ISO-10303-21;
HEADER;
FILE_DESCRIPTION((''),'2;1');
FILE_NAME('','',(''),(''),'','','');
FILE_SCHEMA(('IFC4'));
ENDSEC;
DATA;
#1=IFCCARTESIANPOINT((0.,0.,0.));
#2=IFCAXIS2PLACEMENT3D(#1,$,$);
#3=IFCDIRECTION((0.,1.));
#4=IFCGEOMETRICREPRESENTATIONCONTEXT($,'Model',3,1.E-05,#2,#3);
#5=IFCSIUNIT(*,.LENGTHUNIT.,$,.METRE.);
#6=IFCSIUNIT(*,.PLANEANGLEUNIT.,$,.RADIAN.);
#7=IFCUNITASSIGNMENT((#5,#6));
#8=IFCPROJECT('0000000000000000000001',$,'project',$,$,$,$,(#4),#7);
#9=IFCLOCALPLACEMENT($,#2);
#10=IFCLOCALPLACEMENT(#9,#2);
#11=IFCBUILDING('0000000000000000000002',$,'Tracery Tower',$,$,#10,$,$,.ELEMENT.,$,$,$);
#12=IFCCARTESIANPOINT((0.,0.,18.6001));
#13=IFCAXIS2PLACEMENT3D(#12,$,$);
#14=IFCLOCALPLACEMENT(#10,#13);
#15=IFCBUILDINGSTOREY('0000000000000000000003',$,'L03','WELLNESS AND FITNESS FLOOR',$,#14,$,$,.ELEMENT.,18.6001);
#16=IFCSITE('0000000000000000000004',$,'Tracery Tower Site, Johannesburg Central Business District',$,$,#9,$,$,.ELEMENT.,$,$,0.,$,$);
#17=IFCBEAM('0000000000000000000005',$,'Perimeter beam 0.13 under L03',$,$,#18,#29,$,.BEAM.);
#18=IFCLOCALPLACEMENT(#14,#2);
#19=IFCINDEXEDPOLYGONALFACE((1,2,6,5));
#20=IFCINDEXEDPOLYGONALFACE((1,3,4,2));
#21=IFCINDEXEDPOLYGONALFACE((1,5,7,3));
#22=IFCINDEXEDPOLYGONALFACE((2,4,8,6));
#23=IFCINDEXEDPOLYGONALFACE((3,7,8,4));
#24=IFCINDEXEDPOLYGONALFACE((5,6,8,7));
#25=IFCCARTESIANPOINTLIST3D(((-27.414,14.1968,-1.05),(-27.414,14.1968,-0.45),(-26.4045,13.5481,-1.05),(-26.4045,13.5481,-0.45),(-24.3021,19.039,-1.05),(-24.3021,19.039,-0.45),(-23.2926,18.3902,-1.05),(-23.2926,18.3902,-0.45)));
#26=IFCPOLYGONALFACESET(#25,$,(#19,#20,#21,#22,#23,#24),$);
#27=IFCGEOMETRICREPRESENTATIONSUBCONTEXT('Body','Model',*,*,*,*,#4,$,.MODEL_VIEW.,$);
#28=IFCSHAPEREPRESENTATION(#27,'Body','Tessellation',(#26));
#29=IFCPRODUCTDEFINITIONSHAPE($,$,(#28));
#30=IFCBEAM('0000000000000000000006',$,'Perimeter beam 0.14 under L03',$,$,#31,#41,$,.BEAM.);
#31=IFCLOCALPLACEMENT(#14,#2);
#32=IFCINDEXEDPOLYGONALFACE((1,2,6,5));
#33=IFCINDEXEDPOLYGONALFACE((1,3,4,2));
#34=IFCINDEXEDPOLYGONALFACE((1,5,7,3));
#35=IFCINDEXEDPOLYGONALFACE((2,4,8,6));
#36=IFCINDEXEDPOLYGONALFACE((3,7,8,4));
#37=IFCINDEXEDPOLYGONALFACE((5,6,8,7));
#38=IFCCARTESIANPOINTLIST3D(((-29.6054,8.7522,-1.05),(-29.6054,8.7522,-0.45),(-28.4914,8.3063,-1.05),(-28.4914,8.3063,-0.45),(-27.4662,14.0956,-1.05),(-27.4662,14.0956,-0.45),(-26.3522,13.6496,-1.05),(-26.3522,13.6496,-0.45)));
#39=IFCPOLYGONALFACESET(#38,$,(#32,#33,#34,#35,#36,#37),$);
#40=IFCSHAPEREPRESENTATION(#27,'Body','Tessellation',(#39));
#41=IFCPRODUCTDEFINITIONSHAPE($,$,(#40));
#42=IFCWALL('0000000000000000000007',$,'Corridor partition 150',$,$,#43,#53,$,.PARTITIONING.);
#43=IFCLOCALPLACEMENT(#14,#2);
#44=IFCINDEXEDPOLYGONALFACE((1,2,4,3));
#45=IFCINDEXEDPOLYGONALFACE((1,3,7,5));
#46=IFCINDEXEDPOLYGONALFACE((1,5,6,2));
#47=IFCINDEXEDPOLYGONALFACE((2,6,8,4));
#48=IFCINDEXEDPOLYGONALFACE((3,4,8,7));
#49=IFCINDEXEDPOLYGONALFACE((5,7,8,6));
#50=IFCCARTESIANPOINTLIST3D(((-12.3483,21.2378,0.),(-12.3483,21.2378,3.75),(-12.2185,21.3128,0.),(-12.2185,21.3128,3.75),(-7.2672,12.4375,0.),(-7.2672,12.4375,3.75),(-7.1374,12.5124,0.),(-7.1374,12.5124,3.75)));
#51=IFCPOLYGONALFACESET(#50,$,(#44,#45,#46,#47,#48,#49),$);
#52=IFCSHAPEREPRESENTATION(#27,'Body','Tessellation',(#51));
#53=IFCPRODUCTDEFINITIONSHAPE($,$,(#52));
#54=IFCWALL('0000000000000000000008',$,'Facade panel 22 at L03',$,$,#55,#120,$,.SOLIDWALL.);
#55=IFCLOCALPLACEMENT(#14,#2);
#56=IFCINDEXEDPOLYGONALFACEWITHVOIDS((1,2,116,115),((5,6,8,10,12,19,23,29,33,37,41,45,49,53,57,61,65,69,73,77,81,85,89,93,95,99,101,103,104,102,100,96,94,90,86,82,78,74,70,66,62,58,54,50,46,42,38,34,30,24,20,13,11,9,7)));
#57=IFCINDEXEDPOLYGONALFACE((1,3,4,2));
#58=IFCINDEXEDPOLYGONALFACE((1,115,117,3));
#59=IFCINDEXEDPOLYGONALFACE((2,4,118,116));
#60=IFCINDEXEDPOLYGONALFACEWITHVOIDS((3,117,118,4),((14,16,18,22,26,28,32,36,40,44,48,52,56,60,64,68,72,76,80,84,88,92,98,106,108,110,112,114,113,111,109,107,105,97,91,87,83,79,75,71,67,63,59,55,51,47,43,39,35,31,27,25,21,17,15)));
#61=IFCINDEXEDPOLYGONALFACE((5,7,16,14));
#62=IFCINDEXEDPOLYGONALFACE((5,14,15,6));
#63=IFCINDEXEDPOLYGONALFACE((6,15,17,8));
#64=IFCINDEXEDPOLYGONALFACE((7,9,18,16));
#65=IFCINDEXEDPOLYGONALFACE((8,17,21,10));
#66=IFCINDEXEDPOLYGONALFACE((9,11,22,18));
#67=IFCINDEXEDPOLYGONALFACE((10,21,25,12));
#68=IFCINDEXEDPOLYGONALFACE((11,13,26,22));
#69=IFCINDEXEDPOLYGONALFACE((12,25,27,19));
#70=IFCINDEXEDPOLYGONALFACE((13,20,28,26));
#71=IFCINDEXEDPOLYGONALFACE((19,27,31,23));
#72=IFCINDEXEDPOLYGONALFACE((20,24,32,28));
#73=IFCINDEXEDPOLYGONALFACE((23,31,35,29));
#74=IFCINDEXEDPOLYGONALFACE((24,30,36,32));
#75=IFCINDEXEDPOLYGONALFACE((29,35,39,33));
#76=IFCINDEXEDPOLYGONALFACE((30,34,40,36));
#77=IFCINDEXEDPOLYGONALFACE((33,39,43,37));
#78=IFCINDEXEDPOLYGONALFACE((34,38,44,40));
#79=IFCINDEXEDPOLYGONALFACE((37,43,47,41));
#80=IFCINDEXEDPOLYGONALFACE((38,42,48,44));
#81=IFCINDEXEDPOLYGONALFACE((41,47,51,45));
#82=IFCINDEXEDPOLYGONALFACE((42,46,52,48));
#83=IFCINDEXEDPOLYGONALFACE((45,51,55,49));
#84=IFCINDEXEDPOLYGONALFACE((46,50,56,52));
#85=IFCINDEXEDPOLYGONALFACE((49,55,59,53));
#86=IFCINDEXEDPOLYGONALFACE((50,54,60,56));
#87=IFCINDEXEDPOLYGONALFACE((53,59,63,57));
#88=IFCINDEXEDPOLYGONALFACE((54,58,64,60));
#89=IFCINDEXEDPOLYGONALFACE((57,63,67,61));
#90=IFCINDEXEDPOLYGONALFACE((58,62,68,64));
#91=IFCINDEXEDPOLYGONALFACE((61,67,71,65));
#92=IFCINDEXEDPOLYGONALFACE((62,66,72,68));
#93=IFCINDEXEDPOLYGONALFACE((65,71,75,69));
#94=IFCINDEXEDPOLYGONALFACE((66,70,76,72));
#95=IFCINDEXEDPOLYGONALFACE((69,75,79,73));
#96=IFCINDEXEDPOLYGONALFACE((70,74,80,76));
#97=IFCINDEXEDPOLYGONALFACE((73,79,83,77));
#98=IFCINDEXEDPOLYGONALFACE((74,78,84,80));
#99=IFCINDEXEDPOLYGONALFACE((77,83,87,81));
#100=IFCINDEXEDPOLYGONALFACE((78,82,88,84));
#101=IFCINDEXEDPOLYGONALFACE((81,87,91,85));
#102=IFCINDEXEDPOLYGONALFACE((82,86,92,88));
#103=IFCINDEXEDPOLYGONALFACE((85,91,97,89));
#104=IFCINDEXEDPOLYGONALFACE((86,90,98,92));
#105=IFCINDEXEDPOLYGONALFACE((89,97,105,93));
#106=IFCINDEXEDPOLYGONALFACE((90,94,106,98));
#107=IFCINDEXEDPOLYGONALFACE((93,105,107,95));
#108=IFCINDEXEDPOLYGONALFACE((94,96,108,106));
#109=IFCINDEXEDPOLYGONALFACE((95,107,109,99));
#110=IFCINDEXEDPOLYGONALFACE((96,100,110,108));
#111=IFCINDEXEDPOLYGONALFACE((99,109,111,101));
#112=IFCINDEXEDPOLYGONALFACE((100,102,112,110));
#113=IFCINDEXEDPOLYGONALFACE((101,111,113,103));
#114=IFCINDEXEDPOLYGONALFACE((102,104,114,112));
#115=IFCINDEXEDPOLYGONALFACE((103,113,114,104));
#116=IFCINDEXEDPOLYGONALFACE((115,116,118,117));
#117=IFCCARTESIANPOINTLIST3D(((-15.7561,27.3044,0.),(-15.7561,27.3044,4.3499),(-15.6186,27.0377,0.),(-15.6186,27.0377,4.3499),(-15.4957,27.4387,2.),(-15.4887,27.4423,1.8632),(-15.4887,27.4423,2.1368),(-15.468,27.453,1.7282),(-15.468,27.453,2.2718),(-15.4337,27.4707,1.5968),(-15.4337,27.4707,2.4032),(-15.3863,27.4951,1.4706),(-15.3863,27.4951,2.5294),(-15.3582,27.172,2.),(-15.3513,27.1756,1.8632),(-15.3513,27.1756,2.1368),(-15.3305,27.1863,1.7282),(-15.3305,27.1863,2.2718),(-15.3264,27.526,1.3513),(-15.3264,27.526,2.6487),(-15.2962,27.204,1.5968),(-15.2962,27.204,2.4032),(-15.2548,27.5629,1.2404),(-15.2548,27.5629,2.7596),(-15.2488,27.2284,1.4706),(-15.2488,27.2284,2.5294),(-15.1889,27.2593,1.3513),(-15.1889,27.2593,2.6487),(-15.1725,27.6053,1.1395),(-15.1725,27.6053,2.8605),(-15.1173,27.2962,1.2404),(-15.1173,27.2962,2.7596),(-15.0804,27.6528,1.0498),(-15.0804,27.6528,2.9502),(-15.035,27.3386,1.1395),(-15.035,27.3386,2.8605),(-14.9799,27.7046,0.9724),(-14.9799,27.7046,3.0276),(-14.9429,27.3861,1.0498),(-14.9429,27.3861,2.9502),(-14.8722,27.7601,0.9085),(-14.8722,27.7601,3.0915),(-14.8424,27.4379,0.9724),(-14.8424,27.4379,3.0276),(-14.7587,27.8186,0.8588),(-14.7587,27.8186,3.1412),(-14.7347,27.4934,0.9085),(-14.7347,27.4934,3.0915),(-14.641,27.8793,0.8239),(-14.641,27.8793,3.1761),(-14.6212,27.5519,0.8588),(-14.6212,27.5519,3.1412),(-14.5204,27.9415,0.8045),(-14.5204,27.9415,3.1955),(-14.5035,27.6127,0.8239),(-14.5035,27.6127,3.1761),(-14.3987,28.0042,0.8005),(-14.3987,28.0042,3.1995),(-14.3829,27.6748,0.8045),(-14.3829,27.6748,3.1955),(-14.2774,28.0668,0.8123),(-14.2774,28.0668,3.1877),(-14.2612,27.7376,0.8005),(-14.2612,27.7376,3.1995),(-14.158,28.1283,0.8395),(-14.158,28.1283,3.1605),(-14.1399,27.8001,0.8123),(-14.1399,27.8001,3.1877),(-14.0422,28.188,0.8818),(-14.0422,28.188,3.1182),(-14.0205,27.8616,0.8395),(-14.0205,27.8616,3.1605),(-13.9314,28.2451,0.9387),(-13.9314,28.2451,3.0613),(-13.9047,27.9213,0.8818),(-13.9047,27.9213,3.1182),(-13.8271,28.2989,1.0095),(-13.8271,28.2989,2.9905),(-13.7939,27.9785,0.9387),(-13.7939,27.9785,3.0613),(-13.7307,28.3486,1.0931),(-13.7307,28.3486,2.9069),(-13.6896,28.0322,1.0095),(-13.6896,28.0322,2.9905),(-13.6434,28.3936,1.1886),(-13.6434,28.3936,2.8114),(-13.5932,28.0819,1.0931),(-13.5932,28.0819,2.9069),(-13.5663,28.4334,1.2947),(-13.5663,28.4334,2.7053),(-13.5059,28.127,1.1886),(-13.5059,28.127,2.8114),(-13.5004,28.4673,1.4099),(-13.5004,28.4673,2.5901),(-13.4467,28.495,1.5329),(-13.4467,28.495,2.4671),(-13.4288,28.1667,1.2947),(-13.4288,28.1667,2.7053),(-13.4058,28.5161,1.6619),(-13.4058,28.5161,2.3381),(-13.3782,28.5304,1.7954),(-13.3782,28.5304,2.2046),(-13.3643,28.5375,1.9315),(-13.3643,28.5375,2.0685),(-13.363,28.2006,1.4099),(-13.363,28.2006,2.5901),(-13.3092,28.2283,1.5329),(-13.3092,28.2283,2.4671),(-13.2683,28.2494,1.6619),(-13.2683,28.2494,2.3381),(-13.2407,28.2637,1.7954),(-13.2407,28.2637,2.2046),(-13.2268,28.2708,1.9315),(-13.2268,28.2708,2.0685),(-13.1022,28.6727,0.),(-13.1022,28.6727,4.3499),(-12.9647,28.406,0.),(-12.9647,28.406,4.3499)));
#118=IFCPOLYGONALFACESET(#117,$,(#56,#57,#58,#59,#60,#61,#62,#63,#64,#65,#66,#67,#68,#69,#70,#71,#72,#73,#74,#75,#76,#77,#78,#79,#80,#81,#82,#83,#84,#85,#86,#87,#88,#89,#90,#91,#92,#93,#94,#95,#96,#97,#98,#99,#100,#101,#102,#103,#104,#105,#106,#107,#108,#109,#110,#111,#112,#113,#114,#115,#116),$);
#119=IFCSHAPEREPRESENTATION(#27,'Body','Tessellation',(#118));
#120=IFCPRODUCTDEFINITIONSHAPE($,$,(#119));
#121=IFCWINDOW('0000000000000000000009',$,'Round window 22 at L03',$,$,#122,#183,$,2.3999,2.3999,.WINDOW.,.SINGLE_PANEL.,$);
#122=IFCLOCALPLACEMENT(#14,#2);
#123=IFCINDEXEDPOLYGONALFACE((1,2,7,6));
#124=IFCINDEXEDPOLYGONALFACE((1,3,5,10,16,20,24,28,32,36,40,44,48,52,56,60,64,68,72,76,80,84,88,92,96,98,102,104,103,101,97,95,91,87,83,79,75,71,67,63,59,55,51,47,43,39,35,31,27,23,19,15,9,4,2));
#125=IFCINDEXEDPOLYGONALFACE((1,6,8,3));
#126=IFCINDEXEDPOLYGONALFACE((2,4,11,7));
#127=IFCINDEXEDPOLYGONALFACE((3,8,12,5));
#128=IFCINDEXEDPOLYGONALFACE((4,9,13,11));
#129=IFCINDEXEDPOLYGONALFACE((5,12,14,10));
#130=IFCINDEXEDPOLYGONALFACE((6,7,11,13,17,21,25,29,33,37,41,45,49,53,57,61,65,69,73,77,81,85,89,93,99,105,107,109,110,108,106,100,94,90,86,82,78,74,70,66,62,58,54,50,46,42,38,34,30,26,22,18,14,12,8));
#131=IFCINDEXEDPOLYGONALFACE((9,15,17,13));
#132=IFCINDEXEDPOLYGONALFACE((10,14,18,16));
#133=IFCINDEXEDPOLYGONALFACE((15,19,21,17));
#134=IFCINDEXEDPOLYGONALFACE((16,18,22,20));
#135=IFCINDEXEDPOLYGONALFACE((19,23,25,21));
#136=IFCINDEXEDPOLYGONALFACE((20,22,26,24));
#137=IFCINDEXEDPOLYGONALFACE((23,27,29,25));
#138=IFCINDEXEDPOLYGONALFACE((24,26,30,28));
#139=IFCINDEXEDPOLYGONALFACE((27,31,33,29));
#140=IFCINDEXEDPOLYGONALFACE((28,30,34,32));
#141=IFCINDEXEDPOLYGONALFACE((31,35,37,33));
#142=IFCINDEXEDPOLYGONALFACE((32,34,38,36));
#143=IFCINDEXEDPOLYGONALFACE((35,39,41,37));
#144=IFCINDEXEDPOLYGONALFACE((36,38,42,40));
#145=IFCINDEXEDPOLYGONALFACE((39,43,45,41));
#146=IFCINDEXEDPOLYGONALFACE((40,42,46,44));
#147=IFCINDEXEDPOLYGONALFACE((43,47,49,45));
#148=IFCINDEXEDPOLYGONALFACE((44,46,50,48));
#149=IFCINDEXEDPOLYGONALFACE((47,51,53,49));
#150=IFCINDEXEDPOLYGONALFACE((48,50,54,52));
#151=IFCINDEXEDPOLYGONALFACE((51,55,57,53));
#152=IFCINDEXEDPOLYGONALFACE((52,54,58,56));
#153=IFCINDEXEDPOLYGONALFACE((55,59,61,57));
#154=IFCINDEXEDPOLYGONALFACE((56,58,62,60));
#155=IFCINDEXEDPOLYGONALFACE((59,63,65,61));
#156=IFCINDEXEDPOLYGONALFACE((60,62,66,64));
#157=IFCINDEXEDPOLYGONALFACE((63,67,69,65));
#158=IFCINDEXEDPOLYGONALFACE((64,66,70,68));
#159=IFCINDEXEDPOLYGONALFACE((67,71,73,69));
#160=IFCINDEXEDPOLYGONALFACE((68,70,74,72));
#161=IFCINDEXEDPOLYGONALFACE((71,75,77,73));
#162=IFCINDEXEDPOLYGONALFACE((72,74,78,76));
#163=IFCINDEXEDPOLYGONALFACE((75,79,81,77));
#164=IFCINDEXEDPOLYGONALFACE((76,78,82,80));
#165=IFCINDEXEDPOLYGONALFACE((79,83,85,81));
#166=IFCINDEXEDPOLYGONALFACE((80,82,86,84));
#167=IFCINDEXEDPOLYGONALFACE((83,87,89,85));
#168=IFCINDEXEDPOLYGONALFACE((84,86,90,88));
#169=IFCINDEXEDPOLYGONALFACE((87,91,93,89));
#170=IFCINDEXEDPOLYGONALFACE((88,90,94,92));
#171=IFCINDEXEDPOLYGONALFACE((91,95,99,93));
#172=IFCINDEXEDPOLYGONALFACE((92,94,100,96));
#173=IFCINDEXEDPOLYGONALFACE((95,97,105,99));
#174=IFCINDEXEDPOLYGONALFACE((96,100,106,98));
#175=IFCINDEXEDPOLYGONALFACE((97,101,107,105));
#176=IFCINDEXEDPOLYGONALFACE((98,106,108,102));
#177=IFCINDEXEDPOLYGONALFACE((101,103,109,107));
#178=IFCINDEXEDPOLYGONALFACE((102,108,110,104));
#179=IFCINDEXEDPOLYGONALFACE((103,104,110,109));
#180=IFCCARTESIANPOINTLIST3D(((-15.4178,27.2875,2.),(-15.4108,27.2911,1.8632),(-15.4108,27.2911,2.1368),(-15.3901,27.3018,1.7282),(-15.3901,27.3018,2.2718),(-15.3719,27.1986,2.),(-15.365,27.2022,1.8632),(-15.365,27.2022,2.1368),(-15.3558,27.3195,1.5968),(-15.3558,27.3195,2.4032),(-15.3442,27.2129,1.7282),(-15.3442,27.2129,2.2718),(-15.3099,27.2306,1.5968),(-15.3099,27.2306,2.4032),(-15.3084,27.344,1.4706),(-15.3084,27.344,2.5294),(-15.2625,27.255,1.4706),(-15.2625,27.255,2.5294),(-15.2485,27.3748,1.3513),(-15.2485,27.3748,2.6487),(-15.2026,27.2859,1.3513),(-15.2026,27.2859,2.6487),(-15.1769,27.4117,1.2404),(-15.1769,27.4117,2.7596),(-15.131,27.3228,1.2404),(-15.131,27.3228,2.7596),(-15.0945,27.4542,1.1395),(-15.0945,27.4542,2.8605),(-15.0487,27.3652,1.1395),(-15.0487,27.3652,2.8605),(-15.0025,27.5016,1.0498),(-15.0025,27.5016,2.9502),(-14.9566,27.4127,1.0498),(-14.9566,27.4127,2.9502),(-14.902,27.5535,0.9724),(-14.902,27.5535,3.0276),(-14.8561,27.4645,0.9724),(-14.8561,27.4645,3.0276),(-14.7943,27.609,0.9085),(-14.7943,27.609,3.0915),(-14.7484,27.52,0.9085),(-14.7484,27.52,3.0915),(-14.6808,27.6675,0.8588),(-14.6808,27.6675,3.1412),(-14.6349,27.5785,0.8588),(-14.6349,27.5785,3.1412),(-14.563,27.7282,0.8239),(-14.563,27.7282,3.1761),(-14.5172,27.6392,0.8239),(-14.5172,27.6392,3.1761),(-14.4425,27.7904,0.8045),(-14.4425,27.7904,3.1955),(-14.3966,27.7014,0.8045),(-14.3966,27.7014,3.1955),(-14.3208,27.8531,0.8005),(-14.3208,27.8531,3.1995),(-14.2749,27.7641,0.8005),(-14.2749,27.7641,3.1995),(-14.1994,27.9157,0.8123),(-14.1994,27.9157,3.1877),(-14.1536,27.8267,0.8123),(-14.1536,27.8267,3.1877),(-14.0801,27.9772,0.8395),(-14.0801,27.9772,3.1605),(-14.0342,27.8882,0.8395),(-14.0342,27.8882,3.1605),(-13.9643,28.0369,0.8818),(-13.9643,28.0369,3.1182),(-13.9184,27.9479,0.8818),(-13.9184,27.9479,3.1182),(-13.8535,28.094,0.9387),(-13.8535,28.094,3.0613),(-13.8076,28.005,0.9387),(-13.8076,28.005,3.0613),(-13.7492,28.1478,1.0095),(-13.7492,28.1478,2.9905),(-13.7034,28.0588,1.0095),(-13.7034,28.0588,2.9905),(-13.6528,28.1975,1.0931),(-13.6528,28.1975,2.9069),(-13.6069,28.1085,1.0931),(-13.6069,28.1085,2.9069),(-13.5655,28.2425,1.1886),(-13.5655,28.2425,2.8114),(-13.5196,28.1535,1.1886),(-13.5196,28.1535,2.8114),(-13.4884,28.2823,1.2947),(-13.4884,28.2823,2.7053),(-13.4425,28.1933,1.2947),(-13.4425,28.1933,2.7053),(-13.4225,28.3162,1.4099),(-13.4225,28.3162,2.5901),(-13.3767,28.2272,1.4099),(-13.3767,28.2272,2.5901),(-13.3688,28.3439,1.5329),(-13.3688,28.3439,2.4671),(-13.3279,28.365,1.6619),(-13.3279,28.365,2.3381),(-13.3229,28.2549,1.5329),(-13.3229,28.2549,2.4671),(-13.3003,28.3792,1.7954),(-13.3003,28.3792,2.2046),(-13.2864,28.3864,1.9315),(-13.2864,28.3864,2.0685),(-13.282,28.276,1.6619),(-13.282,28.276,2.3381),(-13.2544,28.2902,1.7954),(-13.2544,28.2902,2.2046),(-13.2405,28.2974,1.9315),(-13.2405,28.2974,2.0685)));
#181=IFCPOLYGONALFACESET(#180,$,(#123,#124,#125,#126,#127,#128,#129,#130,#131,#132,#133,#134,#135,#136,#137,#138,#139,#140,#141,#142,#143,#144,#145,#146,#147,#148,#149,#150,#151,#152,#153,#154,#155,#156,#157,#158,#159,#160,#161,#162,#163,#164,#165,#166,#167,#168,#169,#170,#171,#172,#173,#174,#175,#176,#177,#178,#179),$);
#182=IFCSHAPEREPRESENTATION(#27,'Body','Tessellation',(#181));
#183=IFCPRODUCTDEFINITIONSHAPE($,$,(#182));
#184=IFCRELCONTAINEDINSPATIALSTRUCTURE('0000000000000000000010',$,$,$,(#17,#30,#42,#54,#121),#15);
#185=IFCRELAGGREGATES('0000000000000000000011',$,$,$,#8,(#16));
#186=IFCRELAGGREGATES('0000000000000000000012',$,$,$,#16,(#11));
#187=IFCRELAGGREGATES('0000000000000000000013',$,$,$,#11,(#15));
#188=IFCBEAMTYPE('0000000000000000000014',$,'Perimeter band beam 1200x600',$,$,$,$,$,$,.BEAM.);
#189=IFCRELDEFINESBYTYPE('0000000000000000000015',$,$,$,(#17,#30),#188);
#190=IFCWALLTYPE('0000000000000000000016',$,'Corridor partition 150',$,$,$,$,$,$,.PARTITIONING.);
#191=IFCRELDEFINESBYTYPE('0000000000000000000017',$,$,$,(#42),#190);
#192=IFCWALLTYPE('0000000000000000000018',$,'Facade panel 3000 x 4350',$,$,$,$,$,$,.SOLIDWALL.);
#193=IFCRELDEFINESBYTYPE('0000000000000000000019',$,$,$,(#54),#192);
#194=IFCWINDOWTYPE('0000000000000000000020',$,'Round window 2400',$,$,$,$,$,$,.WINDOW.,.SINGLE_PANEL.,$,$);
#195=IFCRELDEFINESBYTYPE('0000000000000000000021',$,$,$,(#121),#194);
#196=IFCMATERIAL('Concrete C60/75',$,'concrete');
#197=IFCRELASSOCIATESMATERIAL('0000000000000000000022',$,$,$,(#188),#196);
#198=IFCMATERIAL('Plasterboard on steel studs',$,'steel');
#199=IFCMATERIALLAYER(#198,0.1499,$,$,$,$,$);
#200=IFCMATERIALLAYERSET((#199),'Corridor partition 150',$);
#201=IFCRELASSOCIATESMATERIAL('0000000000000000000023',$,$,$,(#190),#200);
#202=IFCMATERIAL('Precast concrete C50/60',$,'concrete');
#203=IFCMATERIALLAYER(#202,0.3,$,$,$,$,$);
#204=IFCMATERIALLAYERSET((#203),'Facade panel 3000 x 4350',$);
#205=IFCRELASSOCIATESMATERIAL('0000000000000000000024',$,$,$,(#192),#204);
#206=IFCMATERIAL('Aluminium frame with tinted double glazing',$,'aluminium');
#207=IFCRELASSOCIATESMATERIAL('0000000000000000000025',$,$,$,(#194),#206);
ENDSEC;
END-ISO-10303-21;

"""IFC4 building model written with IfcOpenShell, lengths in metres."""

from ifc_helpers import new_model, si_unit, direction, frame, frame_2d, origin, origin_2d, place, context, subcontext, project, spatial, rectangle, circle, extrude, material, layer, layer_set, material_profile, profile_set, type_object, element, fill, save


model = new_model("IFC4")

# Units and contexts
model_context = context("Model", 3, precision=1e-05, world=origin(), true_north=direction((0.0, 1.0)))
body_context = subcontext(model_context, "Body", "Model", "MODEL_VIEW")
ifc_project = project(units=[si_unit("LENGTHUNIT", "METRE"), si_unit("PLANEANGLEUNIT", "RADIAN")], contexts=[model_context])

# Site, building, storey
site_placement = place(None, origin())
site = spatial("IfcSite", under=ifc_project, at=site_placement, Name="Tracery Tower Site, Johannesburg Central Business District", CompositionType="ELEMENT", RefElevation=0.0)
building_placement = place(site_placement, origin())
building = spatial("IfcBuilding", under=site, at=building_placement, Name="Tracery Tower", CompositionType="ELEMENT")
storey_placement = place(building_placement, frame((0.0, 0.0, 18.6001)))
storey = spatial("IfcBuildingStorey", under=building, at=storey_placement, Name="L03", Description="WELLNESS AND FITNESS FLOOR", CompositionType="ELEMENT", Elevation=18.6001)

# Beams
ifc_material_1 = material(Name="Concrete C60/75", Category="concrete")
ifc_material_profile_1 = material_profile(ifc_material_1, rectangle(XDim=1.2, YDim=0.6001, at=origin_2d()), Name="RC 1200x600")
ifc_profile_set_1 = profile_set([ifc_material_profile_1], Name="Concrete C60/75")
beam_type = type_object("IfcBeamType", Name="Perimeter band beam 1200x600", PredefinedType="BEAM", material=ifc_profile_set_1)
beam_1_placement = place(storey_placement, frame((-23.7974, 18.7146, -0.75), z_axis=(-0.540644, -0.841252, 0.0), x_axis=(0.841252, -0.540644, 0.0)))
element("IfcBeam", 1, at=beam_1_placement, inside=storey, type_object=beam_type, Name="Perimeter beam 0.13 under L03", PredefinedType="BEAM", context=body_context, shape_type="SweptSolid", body=[
    extrude(rectangle(XDim=1.2, YDim=0.6001, at=origin_2d()), origin(), (0.0, 0.0, 1.0), 5.7559),
])
beam_2_placement = place(storey_placement, frame((-26.9092, 13.8726, -0.75), z_axis=(-0.371669, -0.928365, 0.0), x_axis=(0.928365, -0.371669, 0.0)))
element("IfcBeam", 2, at=beam_2_placement, inside=storey, type_object=beam_type, Name="Perimeter beam 0.14 under L03", PredefinedType="BEAM", context=body_context, shape_type="SweptSolid", body=[
    extrude(rectangle(XDim=1.2, YDim=0.6001, at=origin_2d()), origin(), (0.0, 0.0, 1.0), 5.7556),
])

# Wall
ifc_material_2 = material(Name="Plasterboard on steel studs", Category="steel")
ifc_layer_1 = layer(ifc_material_2, 0.1499)
ifc_layer_set_1 = layer_set([ifc_layer_1], Name="Corridor partition 150")
wall_type_1 = type_object("IfcWallType", Name="Corridor partition 150", PredefinedType="PARTITIONING", material=ifc_layer_set_1)
wall_1_placement = place(storey_placement, frame((-12.2834, 21.2754, 0.0), z_axis=(0.0, 0.0, 1.0), x_axis=(0.500015, -0.866017, 0.0)))
element("IfcWall", 3, at=wall_1_placement, inside=storey, type_object=wall_type_1, Name="Corridor partition 150", PredefinedType="PARTITIONING", context=body_context, shape_type="SweptSolid", body=[
    extrude(rectangle(XDim=10.1619, YDim=0.1499, at=frame_2d((5.0811, 0.0))), origin(), (0.0, 0.0, 1.0), 3.75),
])

# Wall, opening, window
ifc_material_3 = material(Name="Precast concrete C50/60", Category="concrete")
ifc_layer_2 = layer(ifc_material_3, 0.3)
ifc_layer_set_2 = layer_set([ifc_layer_2], Name="Facade panel 3000 x 4350")
wall_type_2 = type_object("IfcWallType", Name="Facade panel 3000 x 4350", PredefinedType="SOLIDWALL", material=ifc_layer_set_2)
wall_2_placement = place(storey_placement, frame((-13.0334, 28.5393, 0.0), z_axis=(0.0, 0.0, 1.0), x_axis=(-0.888831, -0.458235, 0.0)))
wall_2 = element("IfcWall", 4, at=wall_2_placement, inside=storey, type_object=wall_type_2, Name="Facade panel 22 at L03", PredefinedType="SOLIDWALL", context=body_context, shape_type="SweptSolid", body=[
    extrude(rectangle(XDim=2.9858, YDim=0.3, at=frame_2d((1.4929, 0.0))), origin(), (0.0, 0.0, 1.0), 4.3499),
])
opening_1_placement = place(wall_2_placement, frame((1.4929, 0.0, 2.0)))
opening_1 = element("IfcOpeningElement", 5, at=opening_1_placement, cuts=wall_2, PredefinedType="OPENING", context=body_context, shape_type="SweptSolid", body=[
    extrude(circle(Radius=1.2, at=origin_2d()), frame((0.0, 0.1599, 0.0), z_axis=(0.0, -1.0, 0.0), x_axis=(1.0, 0.0, 0.0)), (0.0, 0.0, 1.0), 0.3201),
])
ifc_material_4 = material(Name="Aluminium frame with tinted double glazing", Category="aluminium")
window_type = type_object("IfcWindowType", Name="Round window 2400", PartitioningType="SINGLE_PANEL", PredefinedType="WINDOW", material=ifc_material_4)
window_1_placement = place(opening_1_placement, origin())
window_1 = element("IfcWindow", 6, at=window_1_placement, inside=storey, type_object=window_type, Name="Round window 22 at L03", OverallHeight=2.3999, OverallWidth=2.3999, PartitioningType="SINGLE_PANEL", PredefinedType="WINDOW", context=body_context, shape_type="SweptSolid", body=[
    extrude(circle(Radius=1.2, at=origin_2d()), frame((0.0, 0.1201, 0.0), z_axis=(0.0, -1.0, 0.0), x_axis=(1.0, 0.0, 0.0)), (0.0, 0.0, 1.0), 0.1001),
])
fill(opening_1, window_1)

save(model, "model.ifc")
